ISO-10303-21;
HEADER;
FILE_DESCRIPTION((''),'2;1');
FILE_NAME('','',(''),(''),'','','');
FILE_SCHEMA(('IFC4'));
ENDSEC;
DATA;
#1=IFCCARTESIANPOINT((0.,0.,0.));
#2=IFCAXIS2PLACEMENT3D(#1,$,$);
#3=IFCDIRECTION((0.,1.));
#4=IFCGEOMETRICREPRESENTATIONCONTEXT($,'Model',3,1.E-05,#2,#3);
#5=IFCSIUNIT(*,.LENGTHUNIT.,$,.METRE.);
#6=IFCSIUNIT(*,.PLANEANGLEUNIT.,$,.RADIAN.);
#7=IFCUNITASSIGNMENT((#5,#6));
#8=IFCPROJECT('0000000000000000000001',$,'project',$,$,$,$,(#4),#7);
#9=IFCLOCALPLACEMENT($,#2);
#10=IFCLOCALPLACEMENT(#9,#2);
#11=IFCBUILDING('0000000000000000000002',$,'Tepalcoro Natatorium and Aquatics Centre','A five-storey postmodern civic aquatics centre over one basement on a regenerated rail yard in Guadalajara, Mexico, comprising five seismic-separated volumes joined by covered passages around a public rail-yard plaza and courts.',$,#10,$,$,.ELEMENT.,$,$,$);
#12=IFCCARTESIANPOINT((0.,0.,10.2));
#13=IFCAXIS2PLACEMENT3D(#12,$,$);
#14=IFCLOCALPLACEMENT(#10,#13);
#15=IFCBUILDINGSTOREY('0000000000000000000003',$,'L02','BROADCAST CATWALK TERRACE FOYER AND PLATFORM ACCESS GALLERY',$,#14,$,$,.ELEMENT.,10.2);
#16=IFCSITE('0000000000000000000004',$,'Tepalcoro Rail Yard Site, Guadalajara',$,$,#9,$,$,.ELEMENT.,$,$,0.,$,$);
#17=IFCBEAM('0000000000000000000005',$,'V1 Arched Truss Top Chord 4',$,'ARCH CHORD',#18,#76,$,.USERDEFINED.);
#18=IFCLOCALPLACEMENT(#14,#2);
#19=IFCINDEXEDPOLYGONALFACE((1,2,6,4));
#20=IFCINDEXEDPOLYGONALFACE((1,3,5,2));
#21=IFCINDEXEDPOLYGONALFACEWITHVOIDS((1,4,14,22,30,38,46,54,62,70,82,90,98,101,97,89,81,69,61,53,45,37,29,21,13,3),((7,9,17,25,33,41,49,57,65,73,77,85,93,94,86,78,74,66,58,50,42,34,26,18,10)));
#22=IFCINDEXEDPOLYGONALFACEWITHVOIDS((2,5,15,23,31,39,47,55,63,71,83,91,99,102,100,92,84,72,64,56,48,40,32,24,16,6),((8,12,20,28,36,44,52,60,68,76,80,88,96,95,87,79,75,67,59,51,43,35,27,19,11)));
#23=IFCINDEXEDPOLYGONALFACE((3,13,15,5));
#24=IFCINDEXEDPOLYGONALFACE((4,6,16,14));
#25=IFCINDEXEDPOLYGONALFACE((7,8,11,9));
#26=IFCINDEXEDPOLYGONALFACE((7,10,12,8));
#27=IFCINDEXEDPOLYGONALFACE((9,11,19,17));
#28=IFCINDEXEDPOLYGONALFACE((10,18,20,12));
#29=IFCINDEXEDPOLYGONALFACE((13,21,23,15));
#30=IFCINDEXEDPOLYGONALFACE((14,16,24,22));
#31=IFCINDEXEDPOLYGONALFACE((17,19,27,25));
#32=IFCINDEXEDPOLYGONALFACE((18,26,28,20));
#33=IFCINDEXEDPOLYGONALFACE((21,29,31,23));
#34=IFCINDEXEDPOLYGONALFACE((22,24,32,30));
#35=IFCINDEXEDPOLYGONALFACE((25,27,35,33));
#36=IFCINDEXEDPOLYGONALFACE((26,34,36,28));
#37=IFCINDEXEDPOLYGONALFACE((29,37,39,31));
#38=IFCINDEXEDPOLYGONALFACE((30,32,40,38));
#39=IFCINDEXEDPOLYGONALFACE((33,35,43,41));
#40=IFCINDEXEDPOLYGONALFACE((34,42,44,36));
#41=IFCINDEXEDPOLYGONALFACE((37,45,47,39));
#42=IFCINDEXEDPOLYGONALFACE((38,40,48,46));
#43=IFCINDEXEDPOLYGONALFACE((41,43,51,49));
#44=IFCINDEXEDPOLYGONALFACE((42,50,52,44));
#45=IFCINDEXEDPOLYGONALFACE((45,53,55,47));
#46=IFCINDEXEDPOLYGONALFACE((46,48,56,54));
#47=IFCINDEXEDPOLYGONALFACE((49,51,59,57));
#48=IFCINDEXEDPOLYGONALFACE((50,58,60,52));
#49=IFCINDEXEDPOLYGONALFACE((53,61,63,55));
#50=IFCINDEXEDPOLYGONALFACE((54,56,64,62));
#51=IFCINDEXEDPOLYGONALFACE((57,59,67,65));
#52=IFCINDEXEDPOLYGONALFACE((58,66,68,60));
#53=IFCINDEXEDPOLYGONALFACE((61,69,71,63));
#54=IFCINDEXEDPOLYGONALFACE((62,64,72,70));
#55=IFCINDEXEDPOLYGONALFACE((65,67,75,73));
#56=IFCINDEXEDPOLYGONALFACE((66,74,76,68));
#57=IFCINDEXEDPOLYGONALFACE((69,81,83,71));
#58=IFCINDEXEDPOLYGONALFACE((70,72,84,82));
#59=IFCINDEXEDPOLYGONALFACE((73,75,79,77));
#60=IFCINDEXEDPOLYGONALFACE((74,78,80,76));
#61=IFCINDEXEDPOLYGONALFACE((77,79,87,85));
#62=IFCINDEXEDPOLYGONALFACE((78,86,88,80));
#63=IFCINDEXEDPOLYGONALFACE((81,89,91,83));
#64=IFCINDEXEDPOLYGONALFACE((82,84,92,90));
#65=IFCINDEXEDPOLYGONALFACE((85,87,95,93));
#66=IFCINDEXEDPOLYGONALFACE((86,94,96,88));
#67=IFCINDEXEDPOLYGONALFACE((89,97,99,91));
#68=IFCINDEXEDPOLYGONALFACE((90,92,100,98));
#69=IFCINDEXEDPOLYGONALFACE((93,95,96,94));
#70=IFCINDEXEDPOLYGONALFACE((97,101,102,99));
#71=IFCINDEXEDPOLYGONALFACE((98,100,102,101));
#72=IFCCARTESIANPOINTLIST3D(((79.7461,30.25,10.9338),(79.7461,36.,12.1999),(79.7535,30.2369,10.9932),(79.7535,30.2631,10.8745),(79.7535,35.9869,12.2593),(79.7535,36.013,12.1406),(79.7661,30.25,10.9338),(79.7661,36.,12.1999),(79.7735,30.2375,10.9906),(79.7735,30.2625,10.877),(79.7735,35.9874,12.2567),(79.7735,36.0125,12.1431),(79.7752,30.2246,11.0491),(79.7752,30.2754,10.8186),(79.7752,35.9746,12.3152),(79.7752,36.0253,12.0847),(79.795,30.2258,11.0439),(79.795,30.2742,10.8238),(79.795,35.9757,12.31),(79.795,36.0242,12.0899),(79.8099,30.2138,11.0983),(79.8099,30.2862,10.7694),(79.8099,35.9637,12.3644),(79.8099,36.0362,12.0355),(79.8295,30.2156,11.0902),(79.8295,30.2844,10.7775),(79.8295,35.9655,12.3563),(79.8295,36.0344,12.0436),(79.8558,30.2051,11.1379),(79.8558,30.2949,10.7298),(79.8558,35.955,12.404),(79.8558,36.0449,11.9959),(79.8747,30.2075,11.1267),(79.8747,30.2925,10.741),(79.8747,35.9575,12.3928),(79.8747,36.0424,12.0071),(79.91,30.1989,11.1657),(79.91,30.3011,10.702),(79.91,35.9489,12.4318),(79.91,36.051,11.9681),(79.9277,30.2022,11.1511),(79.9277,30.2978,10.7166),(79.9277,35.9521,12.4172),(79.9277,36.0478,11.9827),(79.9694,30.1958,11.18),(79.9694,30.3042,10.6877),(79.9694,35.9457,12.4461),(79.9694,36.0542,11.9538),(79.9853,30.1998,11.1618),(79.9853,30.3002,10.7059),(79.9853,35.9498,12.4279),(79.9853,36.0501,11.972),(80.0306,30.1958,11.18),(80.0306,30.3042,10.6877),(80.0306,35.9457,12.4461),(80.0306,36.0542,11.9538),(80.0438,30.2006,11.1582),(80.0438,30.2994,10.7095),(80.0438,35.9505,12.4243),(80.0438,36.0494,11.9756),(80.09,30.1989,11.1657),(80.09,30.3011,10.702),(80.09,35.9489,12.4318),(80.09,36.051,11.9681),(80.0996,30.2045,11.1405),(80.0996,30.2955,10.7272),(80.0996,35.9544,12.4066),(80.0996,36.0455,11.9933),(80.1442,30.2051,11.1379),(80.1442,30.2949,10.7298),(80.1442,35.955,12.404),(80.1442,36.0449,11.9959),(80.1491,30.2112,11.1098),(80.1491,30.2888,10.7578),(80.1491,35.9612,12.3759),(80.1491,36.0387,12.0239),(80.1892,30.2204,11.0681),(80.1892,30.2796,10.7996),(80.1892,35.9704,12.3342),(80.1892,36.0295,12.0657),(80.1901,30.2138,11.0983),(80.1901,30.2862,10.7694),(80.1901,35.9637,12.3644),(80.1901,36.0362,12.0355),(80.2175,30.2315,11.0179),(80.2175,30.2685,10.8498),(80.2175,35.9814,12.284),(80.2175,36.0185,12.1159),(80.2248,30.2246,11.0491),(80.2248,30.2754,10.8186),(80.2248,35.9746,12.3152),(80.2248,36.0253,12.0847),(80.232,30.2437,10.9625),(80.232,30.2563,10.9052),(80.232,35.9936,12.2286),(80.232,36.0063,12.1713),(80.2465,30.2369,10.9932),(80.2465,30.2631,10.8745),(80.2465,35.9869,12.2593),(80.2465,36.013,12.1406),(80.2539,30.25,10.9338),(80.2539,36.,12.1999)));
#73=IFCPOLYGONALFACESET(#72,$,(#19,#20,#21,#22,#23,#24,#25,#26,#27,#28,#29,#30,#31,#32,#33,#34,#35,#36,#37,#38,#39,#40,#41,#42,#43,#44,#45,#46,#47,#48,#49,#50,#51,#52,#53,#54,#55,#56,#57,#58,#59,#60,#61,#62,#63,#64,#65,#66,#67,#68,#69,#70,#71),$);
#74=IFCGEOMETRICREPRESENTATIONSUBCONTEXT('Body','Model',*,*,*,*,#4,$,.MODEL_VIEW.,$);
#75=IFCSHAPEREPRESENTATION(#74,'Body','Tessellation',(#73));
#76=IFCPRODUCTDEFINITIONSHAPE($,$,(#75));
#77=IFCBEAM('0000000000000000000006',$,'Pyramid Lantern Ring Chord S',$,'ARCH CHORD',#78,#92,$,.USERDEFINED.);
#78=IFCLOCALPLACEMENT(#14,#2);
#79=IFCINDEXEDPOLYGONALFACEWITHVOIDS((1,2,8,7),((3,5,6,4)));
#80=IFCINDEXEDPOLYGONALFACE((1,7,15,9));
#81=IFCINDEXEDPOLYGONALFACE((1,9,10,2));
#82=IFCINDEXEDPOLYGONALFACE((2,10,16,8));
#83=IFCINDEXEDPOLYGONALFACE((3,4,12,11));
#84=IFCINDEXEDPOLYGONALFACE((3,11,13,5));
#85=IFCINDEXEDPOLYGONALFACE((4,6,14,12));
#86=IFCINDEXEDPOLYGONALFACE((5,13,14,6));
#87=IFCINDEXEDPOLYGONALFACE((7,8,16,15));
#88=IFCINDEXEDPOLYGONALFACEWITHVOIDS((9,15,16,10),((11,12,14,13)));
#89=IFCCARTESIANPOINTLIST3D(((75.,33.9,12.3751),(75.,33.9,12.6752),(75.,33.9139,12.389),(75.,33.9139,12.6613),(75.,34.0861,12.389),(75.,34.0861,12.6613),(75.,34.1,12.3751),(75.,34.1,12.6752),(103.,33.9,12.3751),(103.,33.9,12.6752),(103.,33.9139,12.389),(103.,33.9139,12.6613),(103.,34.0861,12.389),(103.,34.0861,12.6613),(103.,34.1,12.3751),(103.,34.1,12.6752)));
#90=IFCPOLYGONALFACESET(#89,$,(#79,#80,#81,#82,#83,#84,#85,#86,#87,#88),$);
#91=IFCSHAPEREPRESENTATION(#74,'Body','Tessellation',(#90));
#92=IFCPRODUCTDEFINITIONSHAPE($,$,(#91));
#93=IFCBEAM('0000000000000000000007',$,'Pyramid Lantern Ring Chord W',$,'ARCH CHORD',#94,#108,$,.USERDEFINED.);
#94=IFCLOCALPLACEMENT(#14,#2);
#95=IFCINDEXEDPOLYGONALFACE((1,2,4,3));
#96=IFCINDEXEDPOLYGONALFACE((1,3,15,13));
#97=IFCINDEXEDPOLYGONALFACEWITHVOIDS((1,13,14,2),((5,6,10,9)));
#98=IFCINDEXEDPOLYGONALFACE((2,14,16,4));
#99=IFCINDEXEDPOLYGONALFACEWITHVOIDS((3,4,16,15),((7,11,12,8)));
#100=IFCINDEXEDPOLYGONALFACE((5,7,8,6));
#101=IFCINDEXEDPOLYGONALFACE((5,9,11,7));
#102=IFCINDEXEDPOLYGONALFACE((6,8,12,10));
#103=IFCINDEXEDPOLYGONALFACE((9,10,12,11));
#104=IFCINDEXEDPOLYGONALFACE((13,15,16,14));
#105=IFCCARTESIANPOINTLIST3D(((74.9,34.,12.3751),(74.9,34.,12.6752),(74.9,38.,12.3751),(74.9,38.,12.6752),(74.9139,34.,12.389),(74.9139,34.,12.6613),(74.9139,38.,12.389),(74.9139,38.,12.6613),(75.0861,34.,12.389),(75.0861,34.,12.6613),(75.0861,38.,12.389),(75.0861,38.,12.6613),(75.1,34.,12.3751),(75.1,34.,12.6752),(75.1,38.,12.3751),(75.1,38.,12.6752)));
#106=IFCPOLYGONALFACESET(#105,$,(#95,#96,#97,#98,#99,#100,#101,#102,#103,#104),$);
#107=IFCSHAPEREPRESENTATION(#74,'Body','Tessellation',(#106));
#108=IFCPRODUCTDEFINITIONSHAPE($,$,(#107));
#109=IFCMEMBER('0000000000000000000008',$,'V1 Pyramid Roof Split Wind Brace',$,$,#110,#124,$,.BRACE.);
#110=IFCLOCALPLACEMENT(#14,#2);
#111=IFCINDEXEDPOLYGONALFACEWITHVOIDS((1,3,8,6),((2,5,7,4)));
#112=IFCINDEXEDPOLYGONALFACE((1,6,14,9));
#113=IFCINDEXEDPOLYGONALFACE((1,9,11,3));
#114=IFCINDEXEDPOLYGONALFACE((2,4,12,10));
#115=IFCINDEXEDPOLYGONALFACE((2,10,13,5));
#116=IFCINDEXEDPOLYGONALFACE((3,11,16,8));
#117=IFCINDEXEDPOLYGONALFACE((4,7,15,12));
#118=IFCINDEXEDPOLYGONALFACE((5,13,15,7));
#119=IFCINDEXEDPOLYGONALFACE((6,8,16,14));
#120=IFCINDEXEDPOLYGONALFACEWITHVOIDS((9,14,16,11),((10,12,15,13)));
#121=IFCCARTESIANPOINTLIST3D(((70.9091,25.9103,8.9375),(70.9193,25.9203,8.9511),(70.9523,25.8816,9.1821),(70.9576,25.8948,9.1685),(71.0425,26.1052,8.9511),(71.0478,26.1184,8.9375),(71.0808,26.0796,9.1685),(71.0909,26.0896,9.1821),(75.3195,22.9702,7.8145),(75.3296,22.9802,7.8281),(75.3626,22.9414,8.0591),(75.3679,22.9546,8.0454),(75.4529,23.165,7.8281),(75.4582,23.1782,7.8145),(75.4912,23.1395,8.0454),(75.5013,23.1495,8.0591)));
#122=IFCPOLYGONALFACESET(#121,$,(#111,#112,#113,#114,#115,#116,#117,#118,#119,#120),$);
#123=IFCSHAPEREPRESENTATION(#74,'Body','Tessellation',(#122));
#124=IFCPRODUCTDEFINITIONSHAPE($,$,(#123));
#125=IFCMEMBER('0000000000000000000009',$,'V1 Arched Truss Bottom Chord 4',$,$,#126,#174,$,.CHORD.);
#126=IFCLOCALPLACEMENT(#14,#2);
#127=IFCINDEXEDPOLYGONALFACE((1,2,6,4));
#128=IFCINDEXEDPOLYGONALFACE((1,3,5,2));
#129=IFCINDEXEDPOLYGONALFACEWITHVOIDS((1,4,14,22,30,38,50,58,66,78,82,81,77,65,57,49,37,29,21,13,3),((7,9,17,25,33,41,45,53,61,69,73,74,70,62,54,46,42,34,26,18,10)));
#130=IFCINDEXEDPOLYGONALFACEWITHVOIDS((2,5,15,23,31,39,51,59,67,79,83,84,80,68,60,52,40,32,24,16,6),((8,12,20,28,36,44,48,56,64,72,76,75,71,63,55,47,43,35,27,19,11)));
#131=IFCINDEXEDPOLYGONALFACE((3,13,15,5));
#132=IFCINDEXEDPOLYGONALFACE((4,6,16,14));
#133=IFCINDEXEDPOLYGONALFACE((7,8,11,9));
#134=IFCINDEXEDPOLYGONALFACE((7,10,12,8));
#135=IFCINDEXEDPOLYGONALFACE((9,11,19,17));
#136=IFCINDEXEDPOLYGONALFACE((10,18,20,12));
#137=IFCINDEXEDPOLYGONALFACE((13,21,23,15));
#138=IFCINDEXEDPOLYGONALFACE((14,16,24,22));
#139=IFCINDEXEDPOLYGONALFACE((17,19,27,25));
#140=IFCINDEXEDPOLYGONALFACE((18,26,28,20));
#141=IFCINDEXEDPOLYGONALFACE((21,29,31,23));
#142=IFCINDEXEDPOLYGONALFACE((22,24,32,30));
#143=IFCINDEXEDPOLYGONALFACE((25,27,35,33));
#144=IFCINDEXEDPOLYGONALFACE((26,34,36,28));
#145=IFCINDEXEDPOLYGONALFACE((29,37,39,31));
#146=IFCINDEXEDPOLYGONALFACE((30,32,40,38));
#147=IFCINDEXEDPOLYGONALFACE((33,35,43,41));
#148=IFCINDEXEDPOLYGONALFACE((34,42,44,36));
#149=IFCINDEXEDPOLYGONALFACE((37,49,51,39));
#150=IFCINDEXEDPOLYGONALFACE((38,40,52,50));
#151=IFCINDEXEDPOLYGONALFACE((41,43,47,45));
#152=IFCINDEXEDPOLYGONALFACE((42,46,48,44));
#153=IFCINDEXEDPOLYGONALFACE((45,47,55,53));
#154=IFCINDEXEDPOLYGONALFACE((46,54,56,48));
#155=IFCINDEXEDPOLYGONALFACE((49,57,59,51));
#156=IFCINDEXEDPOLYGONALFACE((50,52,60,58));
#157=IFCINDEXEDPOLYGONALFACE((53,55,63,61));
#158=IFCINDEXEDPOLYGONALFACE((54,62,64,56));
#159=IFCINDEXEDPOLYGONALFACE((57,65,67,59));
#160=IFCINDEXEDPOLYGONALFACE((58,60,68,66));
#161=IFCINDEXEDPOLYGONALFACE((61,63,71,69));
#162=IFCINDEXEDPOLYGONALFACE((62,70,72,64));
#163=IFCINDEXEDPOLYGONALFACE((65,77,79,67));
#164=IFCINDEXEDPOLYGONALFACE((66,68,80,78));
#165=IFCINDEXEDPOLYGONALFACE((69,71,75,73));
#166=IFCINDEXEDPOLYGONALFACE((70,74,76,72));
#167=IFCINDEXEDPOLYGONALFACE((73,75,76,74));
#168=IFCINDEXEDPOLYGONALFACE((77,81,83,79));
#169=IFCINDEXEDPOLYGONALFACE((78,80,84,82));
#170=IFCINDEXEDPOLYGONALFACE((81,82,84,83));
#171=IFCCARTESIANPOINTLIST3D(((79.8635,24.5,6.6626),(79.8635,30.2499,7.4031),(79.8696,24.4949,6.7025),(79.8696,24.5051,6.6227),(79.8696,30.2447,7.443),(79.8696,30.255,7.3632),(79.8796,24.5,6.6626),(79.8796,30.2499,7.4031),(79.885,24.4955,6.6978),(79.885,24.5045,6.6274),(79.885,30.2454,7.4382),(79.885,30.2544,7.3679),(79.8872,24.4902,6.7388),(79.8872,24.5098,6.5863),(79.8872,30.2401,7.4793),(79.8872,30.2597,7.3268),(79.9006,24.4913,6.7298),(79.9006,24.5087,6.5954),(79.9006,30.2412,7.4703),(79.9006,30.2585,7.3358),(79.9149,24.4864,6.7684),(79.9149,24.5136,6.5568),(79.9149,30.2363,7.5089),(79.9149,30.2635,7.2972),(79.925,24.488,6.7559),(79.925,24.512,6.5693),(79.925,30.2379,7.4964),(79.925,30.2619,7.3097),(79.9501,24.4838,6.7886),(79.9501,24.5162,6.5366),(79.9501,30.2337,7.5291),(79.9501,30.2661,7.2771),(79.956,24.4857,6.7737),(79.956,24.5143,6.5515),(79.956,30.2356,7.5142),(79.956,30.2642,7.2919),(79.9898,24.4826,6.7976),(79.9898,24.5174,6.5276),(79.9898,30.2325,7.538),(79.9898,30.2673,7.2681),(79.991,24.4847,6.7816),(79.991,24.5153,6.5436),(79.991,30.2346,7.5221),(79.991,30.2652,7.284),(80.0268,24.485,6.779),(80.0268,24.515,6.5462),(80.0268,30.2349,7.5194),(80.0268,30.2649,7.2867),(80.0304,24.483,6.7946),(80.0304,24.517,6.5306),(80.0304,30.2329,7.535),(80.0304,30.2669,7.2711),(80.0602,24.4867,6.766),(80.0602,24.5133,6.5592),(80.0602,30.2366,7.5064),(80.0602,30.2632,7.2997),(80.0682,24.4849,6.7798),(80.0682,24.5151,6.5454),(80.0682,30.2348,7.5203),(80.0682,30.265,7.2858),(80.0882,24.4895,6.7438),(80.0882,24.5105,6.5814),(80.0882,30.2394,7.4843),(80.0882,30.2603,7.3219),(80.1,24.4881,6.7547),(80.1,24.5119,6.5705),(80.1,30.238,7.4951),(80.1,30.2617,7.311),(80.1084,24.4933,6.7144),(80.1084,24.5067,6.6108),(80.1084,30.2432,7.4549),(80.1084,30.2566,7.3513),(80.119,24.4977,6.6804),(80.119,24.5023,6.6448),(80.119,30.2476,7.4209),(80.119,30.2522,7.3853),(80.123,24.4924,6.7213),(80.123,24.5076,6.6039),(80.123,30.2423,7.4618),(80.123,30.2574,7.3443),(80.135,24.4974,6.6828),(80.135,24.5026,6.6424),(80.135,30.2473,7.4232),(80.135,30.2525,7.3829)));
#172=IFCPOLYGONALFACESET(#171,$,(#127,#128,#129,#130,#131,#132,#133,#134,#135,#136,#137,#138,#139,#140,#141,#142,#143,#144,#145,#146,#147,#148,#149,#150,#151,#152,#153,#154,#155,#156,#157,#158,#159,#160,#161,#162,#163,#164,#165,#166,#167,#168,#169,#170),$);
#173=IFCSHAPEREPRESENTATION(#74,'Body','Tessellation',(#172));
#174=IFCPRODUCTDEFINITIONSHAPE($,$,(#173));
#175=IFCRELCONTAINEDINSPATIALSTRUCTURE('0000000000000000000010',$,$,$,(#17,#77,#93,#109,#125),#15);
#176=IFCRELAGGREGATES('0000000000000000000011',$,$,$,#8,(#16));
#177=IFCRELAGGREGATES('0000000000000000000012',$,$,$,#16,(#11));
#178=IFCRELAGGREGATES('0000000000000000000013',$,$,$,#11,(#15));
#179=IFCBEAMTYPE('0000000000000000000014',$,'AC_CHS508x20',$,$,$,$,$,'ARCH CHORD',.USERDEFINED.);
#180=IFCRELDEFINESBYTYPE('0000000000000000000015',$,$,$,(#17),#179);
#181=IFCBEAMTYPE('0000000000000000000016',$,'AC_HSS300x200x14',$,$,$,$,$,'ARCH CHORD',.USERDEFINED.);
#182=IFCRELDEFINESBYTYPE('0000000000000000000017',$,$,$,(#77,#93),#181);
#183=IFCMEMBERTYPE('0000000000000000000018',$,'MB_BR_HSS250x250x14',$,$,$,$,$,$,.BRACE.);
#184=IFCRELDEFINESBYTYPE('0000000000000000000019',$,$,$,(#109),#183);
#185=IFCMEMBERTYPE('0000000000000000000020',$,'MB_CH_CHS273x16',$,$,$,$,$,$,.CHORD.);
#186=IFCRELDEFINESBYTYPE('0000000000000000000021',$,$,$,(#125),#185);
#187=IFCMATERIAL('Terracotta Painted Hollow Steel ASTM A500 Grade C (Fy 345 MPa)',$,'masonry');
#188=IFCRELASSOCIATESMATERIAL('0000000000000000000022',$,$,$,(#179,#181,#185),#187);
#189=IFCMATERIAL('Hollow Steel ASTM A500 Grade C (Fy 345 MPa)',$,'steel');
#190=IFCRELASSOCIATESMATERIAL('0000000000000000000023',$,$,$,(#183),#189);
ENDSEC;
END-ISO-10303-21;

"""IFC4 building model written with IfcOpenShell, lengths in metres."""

from ifc_helpers import new_model, si_unit, direction, frame, origin, origin_2d, place, context, subcontext, project, spatial, hollow_rectangle, hollow_circle, extrude, material, material_profile, profile_set, type_object, element, save


model = new_model("IFC4")

# Units and contexts
model_context = context("Model", 3, precision=1e-05, world=origin(), true_north=direction((0.0, 1.0)))
body_context = subcontext(model_context, "Body", "Model", "MODEL_VIEW")
ifc_project = project(units=[si_unit("LENGTHUNIT", "METRE"), si_unit("PLANEANGLEUNIT", "RADIAN")], contexts=[model_context])

# Site, building, storey
site_placement = place(None, origin())
site = spatial("IfcSite", under=ifc_project, at=site_placement, Name="Tepalcoro Rail Yard Site, Guadalajara", CompositionType="ELEMENT", RefElevation=0.0)
building_placement = place(site_placement, origin())
building = spatial("IfcBuilding", under=site, at=building_placement, Name="Tepalcoro Natatorium and Aquatics Centre", Description="A five-storey postmodern civic aquatics centre over one basement on a regenerated rail yard in Guadalajara, Mexico, comprising five seismic-separated volumes joined by covered passages around a public rail-yard plaza and courts.", CompositionType="ELEMENT")
storey_placement = place(building_placement, frame((0.0, 0.0, 10.2)))
storey = spatial("IfcBuildingStorey", under=building, at=storey_placement, Name="L02", Description="BROADCAST CATWALK TERRACE FOYER AND PLATFORM ACCESS GALLERY", CompositionType="ELEMENT", Elevation=10.2)

# Beams
ifc_material_1 = material(Name="Terracotta Painted Hollow Steel ASTM A500 Grade C (Fy 345 MPa)", Category="masonry")
ifc_material_profile_1 = material_profile(ifc_material_1, hollow_circle(Radius=0.2539, WallThickness=0.02, at=origin_2d()), Name="CHS508X20")
ifc_profile_set_1 = profile_set([ifc_material_profile_1], Name="Terracotta Painted Hollow Steel ASTM A500 Grade C (Fy 345 MPa)")
beam_type_1 = type_object("IfcBeamType", Name="AC_CHS508x20", ElementType="ARCH CHORD", PredefinedType="USERDEFINED", material=ifc_profile_set_1)
beam_1_placement = place(storey_placement, frame((80.0, 30.25, 10.9338), z_axis=(0.0, 0.976605, 0.215042), x_axis=(-1.0, 0.0, 0.0)))
element("IfcBeam", 1, at=beam_1_placement, inside=storey, type_object=beam_type_1, Name="V1 Arched Truss Top Chord 4", ObjectType="ARCH CHORD", PredefinedType="USERDEFINED", context=body_context, shape_type="SweptSolid", body=[
    extrude(hollow_circle(Radius=0.2539, WallThickness=0.02, at=origin_2d()), origin(), (0.0, 0.0, 1.0), 5.8877),
])
ifc_material_profile_2 = material_profile(ifc_material_1, hollow_rectangle(XDim=0.2, YDim=0.3, WallThickness=0.0139, at=origin_2d()), Name="HSS300X200X14")
ifc_profile_set_2 = profile_set([ifc_material_profile_2], Name="Terracotta Painted Hollow Steel ASTM A500 Grade C (Fy 345 MPa)")
beam_type_2 = type_object("IfcBeamType", Name="AC_HSS300x200x14", ElementType="ARCH CHORD", PredefinedType="USERDEFINED", material=ifc_profile_set_2)
beam_2_placement = place(storey_placement, frame((75.0, 34.0, 12.5251), z_axis=(1.0, 0.0, 0.0), x_axis=(0.0, 1.0, 0.0)))
element("IfcBeam", 2, at=beam_2_placement, inside=storey, type_object=beam_type_2, Name="Pyramid Lantern Ring Chord S", ObjectType="ARCH CHORD", PredefinedType="USERDEFINED", context=body_context, shape_type="SweptSolid", body=[
    extrude(hollow_rectangle(XDim=0.2, YDim=0.3, WallThickness=0.0139, at=origin_2d()), origin(), (0.0, 0.0, 1.0), 28.0),
])
beam_3_placement = place(storey_placement, frame((75.0, 34.0, 12.5251), z_axis=(0.0, 1.0, 0.0), x_axis=(-1.0, 0.0, 0.0)))
element("IfcBeam", 3, at=beam_3_placement, inside=storey, type_object=beam_type_2, Name="Pyramid Lantern Ring Chord W", ObjectType="ARCH CHORD", PredefinedType="USERDEFINED", context=body_context, shape_type="SweptSolid", body=[
    extrude(hollow_rectangle(XDim=0.2, YDim=0.3, WallThickness=0.0139, at=origin_2d()), origin(), (0.0, 0.0, 1.0), 4.0),
])

# Members
ifc_material_2 = material(Name="Hollow Steel ASTM A500 Grade C (Fy 345 MPa)", Category="steel")
ifc_material_profile_3 = material_profile(ifc_material_2, hollow_rectangle(XDim=0.25, YDim=0.25, WallThickness=0.0139, at=origin_2d()), Name="HSS250X250X14")
ifc_profile_set_3 = profile_set([ifc_material_profile_3], Name="Hollow Steel ASTM A500 Grade C (Fy 345 MPa)")
member_type_1 = type_object("IfcMemberType", Name="MB_BR_HSS250x250x14", PredefinedType="BRACE", material=ifc_profile_set_3)
member_1_placement = place(storey_placement, frame((75.4104, 23.0598, 7.9368), z_axis=(-0.813988, 0.542644, 0.207271), x_axis=(-0.55469, -0.832057, 0.0)))
element("IfcMember", 4, at=member_1_placement, inside=storey, type_object=member_type_1, Name="V1 Pyramid Roof Split Wind Brace", PredefinedType="BRACE", context=body_context, shape_type="SweptSolid", body=[
    extrude(hollow_rectangle(XDim=0.25, YDim=0.25, WallThickness=0.0139, at=origin_2d()), origin(), (0.0, 0.0, 1.0), 5.4182),
])
ifc_material_profile_4 = material_profile(ifc_material_1, hollow_circle(Radius=0.1365, WallThickness=0.0161, at=origin_2d()), Name="CHS273X16")
ifc_profile_set_4 = profile_set([ifc_material_profile_4], Name="Terracotta Painted Hollow Steel ASTM A500 Grade C (Fy 345 MPa)")
member_type_2 = type_object("IfcMemberType", Name="MB_CH_CHS273x16", PredefinedType="CHORD", material=ifc_profile_set_4)
member_2_placement = place(storey_placement, frame((80.0, 24.5, 6.6626), z_axis=(0.0, 0.99181, 0.127724), x_axis=(-1.0, 0.0, 0.0)))
element("IfcMember", 5, at=member_2_placement, inside=storey, type_object=member_type_2, Name="V1 Arched Truss Bottom Chord 4", PredefinedType="CHORD", context=body_context, shape_type="SweptSolid", body=[
    extrude(hollow_circle(Radius=0.1365, WallThickness=0.0161, at=origin_2d()), origin(), (0.0, 0.0, 1.0), 5.7974),
])

save(model, "model.ifc")
